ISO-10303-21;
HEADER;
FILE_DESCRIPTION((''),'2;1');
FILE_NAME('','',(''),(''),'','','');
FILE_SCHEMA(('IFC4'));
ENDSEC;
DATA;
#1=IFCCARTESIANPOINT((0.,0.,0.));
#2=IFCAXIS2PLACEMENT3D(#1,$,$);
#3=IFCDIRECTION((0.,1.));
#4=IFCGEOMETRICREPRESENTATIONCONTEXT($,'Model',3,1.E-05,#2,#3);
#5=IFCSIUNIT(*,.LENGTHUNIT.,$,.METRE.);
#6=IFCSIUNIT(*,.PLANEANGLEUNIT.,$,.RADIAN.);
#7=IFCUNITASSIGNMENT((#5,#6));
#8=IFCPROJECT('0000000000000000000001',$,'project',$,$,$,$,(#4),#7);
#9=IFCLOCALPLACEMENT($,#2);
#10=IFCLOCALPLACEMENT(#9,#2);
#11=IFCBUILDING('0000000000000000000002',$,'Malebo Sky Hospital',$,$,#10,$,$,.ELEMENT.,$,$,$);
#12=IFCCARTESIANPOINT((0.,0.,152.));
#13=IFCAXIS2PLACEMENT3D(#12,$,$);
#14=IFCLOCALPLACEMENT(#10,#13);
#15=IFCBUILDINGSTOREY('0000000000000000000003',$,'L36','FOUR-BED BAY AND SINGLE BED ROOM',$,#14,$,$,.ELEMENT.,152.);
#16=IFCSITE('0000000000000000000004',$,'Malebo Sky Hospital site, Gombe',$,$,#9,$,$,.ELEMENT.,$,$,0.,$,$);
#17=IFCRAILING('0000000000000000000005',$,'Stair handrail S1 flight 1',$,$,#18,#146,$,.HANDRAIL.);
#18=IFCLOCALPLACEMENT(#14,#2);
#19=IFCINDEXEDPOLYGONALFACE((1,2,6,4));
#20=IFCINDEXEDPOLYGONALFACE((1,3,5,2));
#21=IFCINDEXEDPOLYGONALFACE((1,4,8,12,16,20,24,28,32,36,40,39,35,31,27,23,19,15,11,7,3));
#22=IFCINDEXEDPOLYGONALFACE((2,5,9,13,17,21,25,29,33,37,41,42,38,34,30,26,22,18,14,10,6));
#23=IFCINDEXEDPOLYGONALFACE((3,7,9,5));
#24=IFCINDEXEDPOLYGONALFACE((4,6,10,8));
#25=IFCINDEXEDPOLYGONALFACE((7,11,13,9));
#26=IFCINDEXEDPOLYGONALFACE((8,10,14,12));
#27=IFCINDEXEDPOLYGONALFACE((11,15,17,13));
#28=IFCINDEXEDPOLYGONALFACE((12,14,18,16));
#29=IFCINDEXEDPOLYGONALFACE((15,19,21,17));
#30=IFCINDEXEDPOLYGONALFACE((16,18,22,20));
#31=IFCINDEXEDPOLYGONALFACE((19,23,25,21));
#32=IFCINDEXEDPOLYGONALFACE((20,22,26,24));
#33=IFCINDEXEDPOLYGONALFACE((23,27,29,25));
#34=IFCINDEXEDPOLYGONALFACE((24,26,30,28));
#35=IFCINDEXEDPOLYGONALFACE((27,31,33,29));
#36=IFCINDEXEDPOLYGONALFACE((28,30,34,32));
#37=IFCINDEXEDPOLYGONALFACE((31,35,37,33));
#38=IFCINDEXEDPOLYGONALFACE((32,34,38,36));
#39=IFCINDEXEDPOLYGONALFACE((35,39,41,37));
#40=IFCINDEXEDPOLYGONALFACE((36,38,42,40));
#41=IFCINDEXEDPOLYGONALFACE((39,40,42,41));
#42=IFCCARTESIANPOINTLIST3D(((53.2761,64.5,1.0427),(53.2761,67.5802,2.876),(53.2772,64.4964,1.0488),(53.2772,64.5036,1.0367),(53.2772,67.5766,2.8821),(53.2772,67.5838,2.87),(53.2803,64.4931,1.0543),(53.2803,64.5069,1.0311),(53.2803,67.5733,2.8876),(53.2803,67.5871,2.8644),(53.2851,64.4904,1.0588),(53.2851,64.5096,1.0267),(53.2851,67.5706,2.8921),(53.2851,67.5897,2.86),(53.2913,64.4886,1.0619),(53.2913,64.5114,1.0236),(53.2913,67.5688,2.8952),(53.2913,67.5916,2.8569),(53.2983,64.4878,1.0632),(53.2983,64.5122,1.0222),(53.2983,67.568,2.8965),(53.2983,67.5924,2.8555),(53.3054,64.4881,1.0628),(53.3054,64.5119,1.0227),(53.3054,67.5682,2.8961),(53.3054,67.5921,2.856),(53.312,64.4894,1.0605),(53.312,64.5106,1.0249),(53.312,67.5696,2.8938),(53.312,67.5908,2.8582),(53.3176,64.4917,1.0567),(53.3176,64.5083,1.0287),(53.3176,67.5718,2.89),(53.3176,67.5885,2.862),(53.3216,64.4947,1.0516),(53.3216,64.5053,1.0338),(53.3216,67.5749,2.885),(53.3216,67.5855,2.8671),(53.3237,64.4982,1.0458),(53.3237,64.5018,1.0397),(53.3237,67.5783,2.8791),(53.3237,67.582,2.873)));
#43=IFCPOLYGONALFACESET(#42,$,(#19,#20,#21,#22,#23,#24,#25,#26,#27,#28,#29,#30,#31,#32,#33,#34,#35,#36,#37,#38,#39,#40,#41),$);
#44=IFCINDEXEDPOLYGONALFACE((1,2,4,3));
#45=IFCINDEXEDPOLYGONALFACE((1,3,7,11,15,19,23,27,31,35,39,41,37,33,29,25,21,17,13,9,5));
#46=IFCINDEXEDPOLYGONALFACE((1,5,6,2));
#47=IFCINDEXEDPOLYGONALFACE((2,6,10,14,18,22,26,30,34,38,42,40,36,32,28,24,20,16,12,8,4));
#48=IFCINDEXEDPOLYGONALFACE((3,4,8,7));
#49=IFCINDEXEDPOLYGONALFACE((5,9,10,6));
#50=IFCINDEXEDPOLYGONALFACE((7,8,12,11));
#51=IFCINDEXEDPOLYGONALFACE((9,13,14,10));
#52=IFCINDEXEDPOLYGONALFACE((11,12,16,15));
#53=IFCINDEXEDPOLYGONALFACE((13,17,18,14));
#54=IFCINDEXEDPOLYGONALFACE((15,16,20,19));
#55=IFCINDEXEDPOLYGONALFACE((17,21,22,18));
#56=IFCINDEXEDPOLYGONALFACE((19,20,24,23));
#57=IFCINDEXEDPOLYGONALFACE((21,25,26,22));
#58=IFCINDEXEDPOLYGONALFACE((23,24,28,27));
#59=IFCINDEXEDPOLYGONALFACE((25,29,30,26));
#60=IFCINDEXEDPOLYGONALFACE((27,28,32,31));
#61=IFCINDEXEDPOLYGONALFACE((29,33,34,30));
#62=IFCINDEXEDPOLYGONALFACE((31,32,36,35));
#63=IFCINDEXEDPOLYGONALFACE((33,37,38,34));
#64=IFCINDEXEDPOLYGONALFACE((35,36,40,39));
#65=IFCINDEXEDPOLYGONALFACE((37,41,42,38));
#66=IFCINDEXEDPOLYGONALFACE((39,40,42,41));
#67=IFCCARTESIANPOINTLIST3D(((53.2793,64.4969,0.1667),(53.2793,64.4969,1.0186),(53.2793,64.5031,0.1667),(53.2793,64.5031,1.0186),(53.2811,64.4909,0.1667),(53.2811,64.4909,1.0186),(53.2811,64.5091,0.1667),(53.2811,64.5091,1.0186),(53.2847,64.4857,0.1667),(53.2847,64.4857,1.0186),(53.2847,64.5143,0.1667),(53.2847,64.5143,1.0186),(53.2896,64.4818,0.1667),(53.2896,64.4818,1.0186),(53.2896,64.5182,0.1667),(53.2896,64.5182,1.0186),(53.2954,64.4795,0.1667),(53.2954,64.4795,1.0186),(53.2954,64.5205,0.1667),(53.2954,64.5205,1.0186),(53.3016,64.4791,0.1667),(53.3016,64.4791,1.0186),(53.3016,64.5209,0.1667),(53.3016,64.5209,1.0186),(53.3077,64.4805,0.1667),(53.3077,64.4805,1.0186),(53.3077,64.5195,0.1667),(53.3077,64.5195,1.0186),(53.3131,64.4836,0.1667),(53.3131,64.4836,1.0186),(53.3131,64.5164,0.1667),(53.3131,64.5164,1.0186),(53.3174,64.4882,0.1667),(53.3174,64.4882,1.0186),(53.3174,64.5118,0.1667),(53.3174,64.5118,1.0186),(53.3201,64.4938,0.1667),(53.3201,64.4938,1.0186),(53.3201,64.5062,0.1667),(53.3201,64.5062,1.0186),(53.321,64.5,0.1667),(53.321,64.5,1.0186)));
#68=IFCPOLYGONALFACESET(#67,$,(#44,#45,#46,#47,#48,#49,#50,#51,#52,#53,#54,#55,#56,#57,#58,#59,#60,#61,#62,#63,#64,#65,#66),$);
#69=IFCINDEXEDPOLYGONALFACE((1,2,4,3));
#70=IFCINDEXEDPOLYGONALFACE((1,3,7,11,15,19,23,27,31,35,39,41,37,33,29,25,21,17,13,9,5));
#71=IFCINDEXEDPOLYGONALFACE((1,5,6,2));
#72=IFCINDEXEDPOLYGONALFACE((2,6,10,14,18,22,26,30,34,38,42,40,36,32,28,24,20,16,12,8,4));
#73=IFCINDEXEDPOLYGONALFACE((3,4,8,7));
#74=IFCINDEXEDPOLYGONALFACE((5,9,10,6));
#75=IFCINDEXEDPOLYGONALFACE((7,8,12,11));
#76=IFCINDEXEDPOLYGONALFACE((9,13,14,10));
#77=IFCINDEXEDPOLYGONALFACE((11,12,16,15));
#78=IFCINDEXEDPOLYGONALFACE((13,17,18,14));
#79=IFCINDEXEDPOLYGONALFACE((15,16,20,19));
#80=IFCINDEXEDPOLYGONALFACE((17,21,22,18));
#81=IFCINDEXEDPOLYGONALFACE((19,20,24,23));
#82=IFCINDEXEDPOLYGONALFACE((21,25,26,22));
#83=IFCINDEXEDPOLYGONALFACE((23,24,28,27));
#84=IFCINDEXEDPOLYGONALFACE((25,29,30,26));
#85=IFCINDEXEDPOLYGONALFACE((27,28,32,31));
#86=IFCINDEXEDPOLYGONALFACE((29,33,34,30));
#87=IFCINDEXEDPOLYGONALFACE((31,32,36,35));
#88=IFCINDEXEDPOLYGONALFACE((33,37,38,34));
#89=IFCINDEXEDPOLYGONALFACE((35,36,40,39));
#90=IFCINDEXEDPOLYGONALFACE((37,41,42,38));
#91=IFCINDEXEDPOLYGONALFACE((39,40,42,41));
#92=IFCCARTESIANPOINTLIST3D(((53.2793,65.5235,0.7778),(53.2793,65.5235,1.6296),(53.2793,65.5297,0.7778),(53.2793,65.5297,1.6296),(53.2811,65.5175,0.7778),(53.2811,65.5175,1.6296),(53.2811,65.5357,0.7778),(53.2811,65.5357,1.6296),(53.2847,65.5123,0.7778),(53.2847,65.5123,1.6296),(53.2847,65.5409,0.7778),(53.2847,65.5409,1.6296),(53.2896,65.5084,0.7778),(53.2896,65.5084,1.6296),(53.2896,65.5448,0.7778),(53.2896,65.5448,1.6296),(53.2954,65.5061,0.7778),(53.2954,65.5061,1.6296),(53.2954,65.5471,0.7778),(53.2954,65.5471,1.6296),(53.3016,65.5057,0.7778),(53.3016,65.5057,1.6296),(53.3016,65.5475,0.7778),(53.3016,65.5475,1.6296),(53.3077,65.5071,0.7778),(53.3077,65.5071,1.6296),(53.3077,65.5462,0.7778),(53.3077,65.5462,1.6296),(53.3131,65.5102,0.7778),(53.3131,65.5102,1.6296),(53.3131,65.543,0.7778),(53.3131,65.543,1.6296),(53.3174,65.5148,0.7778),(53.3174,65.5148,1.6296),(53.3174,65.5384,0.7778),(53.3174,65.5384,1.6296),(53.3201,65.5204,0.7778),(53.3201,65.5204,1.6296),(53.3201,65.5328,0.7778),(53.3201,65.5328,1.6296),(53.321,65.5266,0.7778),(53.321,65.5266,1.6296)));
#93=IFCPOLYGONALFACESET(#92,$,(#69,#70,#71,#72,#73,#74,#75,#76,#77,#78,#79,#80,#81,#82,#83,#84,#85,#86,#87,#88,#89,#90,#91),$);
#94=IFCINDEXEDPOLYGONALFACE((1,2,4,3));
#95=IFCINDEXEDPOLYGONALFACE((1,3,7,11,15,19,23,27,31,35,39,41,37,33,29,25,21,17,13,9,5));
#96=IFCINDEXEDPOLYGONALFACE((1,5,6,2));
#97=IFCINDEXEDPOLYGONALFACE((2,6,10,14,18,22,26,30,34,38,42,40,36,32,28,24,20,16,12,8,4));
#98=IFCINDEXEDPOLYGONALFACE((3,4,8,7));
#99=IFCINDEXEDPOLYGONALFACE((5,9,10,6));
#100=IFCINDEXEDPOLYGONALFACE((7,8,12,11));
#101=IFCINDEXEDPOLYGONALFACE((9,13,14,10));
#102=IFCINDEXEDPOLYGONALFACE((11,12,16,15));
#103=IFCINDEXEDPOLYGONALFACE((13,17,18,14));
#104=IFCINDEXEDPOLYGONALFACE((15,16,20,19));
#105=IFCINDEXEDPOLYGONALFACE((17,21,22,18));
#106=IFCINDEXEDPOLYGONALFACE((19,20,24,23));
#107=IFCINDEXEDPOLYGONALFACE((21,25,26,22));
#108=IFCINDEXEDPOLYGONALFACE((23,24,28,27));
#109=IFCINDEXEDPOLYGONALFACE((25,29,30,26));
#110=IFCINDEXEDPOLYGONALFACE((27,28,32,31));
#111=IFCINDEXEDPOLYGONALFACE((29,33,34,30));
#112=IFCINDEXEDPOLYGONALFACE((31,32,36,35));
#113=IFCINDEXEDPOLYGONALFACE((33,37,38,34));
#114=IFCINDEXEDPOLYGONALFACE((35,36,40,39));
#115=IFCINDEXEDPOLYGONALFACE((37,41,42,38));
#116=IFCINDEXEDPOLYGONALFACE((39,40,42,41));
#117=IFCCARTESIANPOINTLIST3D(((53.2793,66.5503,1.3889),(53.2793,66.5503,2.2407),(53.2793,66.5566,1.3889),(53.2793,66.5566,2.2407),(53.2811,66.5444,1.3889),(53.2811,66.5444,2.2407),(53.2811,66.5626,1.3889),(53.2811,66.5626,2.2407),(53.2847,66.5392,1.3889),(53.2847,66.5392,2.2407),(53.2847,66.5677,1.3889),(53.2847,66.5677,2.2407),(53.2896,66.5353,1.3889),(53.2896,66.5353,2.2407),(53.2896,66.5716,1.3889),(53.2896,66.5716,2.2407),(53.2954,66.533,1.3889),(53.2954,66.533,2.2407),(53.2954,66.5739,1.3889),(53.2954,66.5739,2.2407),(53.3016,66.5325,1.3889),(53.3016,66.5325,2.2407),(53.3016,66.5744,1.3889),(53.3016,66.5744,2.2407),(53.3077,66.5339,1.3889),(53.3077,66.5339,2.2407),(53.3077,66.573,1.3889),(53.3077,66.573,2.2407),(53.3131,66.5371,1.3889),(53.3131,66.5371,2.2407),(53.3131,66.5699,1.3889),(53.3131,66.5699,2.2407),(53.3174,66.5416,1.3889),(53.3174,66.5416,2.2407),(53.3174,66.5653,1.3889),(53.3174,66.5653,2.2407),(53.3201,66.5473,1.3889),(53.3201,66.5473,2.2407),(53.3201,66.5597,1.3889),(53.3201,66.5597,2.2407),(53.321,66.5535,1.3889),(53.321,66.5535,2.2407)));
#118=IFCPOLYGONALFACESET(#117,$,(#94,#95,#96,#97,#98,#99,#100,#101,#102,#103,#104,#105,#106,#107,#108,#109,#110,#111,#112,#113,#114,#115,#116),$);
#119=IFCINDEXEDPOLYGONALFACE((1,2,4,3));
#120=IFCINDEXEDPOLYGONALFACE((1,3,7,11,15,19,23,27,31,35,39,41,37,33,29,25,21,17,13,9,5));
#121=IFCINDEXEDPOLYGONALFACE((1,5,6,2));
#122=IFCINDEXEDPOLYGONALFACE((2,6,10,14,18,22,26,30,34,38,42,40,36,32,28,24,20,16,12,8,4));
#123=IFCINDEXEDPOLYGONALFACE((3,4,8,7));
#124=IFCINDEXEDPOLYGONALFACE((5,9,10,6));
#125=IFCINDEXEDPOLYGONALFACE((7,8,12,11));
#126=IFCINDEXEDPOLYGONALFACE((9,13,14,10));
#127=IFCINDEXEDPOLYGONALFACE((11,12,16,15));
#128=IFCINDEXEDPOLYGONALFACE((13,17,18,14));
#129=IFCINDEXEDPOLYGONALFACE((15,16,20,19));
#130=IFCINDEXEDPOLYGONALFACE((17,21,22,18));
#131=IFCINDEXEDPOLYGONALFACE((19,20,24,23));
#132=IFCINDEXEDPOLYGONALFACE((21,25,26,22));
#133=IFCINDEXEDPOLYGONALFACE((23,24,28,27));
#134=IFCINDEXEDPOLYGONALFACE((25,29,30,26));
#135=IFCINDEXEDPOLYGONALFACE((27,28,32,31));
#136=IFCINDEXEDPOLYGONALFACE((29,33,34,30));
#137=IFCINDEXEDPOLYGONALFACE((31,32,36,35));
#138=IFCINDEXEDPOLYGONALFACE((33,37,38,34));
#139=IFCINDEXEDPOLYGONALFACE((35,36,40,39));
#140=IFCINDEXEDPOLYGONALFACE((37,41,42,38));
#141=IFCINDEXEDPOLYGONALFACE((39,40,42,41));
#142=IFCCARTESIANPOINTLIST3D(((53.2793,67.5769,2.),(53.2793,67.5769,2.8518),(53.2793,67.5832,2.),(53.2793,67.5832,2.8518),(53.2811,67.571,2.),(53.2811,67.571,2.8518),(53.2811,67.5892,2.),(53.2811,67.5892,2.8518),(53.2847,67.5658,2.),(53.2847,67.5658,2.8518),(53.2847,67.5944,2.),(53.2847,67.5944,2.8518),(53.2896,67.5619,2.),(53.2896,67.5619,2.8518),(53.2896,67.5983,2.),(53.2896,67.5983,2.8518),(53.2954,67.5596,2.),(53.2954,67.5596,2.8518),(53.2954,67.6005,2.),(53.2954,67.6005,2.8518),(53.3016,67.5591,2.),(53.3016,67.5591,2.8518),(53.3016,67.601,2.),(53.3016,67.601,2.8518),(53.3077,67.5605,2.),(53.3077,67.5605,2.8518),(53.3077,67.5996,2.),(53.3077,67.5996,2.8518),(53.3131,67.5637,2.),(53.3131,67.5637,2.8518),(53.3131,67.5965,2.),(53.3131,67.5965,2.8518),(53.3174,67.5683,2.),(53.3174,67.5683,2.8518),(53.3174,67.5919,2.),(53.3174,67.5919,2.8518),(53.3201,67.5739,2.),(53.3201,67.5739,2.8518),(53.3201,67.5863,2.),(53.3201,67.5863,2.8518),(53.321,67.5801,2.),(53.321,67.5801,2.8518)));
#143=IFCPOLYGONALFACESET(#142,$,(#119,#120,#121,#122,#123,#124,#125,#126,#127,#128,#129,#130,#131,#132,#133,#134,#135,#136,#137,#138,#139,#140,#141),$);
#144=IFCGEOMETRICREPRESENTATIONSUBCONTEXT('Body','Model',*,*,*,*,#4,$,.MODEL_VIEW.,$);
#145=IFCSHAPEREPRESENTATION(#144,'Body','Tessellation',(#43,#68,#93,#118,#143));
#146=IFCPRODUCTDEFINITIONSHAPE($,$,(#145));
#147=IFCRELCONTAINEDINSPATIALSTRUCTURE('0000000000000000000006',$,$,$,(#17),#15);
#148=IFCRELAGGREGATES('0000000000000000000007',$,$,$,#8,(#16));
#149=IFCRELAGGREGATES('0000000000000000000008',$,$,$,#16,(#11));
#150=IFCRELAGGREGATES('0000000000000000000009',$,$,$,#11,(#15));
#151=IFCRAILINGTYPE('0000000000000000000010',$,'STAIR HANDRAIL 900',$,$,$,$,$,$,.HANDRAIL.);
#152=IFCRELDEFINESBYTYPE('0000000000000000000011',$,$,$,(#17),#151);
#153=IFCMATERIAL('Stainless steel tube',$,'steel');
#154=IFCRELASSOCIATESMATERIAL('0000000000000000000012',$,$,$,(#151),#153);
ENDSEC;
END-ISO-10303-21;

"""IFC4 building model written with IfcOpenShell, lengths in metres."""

from ifc_helpers import new_model, si_unit, direction, frame, origin, origin_2d, place, context, subcontext, project, spatial, circle, extrude, material, type_object, element, save


model = new_model("IFC4")

# Units and contexts
model_context = context("Model", 3, precision=1e-05, world=origin(), true_north=direction((0.0, 1.0)))
body_context = subcontext(model_context, "Body", "Model", "MODEL_VIEW")
ifc_project = project(units=[si_unit("LENGTHUNIT", "METRE"), si_unit("PLANEANGLEUNIT", "RADIAN")], contexts=[model_context])

# Site, building, storey
site_placement = place(None, origin())
site = spatial("IfcSite", under=ifc_project, at=site_placement, Name="Malebo Sky Hospital site, Gombe", CompositionType="ELEMENT", RefElevation=0.0)
building_placement = place(site_placement, origin())
building = spatial("IfcBuilding", under=site, at=building_placement, Name="Malebo Sky Hospital", CompositionType="ELEMENT")
storey_placement = place(building_placement, frame((0.0, 0.0, 152.0)))
storey = spatial("IfcBuildingStorey", under=building, at=storey_placement, Name="L36", Description="FOUR-BED BAY AND SINGLE BED ROOM", CompositionType="ELEMENT", Elevation=152.0)

# Railing
ifc_material_1 = material(Name="Stainless steel tube", Category="steel")
railing_type = type_object("IfcRailingType", Name="STAIR HANDRAIL 900", PredefinedType="HANDRAIL", material=ifc_material_1)
railing_1_placement = place(storey_placement, frame((53.3, 64.5, 0.1667)))
element("IfcRailing", 1, at=railing_1_placement, inside=storey, type_object=railing_type, Name="Stair handrail S1 flight 1", PredefinedType="HANDRAIL", context=body_context, shape_type="SweptSolid", body=[
    extrude(circle(Radius=0.0239, at=origin_2d()), frame((0.0, 0.0, 0.876), z_axis=(0.0, 0.859309, 0.511458), x_axis=(-1.0, 0.0, 0.0)), (0.0, 0.0, 1.0), 3.5845),
    extrude(circle(Radius=0.021, at=origin_2d()), origin(), (0.0, 0.0, 1.0), 0.8518),
    extrude(circle(Radius=0.021, at=origin_2d()), frame((0.0, 1.0266, 0.6111)), (0.0, 0.0, 1.0), 0.8518),
    extrude(circle(Radius=0.021, at=origin_2d()), frame((0.0, 2.0535, 1.2222)), (0.0, 0.0, 1.0), 0.8518),
    extrude(circle(Radius=0.021, at=origin_2d()), frame((0.0, 3.0801, 1.8333)), (0.0, 0.0, 1.0), 0.8518),
])

save(model, "model.ifc")
